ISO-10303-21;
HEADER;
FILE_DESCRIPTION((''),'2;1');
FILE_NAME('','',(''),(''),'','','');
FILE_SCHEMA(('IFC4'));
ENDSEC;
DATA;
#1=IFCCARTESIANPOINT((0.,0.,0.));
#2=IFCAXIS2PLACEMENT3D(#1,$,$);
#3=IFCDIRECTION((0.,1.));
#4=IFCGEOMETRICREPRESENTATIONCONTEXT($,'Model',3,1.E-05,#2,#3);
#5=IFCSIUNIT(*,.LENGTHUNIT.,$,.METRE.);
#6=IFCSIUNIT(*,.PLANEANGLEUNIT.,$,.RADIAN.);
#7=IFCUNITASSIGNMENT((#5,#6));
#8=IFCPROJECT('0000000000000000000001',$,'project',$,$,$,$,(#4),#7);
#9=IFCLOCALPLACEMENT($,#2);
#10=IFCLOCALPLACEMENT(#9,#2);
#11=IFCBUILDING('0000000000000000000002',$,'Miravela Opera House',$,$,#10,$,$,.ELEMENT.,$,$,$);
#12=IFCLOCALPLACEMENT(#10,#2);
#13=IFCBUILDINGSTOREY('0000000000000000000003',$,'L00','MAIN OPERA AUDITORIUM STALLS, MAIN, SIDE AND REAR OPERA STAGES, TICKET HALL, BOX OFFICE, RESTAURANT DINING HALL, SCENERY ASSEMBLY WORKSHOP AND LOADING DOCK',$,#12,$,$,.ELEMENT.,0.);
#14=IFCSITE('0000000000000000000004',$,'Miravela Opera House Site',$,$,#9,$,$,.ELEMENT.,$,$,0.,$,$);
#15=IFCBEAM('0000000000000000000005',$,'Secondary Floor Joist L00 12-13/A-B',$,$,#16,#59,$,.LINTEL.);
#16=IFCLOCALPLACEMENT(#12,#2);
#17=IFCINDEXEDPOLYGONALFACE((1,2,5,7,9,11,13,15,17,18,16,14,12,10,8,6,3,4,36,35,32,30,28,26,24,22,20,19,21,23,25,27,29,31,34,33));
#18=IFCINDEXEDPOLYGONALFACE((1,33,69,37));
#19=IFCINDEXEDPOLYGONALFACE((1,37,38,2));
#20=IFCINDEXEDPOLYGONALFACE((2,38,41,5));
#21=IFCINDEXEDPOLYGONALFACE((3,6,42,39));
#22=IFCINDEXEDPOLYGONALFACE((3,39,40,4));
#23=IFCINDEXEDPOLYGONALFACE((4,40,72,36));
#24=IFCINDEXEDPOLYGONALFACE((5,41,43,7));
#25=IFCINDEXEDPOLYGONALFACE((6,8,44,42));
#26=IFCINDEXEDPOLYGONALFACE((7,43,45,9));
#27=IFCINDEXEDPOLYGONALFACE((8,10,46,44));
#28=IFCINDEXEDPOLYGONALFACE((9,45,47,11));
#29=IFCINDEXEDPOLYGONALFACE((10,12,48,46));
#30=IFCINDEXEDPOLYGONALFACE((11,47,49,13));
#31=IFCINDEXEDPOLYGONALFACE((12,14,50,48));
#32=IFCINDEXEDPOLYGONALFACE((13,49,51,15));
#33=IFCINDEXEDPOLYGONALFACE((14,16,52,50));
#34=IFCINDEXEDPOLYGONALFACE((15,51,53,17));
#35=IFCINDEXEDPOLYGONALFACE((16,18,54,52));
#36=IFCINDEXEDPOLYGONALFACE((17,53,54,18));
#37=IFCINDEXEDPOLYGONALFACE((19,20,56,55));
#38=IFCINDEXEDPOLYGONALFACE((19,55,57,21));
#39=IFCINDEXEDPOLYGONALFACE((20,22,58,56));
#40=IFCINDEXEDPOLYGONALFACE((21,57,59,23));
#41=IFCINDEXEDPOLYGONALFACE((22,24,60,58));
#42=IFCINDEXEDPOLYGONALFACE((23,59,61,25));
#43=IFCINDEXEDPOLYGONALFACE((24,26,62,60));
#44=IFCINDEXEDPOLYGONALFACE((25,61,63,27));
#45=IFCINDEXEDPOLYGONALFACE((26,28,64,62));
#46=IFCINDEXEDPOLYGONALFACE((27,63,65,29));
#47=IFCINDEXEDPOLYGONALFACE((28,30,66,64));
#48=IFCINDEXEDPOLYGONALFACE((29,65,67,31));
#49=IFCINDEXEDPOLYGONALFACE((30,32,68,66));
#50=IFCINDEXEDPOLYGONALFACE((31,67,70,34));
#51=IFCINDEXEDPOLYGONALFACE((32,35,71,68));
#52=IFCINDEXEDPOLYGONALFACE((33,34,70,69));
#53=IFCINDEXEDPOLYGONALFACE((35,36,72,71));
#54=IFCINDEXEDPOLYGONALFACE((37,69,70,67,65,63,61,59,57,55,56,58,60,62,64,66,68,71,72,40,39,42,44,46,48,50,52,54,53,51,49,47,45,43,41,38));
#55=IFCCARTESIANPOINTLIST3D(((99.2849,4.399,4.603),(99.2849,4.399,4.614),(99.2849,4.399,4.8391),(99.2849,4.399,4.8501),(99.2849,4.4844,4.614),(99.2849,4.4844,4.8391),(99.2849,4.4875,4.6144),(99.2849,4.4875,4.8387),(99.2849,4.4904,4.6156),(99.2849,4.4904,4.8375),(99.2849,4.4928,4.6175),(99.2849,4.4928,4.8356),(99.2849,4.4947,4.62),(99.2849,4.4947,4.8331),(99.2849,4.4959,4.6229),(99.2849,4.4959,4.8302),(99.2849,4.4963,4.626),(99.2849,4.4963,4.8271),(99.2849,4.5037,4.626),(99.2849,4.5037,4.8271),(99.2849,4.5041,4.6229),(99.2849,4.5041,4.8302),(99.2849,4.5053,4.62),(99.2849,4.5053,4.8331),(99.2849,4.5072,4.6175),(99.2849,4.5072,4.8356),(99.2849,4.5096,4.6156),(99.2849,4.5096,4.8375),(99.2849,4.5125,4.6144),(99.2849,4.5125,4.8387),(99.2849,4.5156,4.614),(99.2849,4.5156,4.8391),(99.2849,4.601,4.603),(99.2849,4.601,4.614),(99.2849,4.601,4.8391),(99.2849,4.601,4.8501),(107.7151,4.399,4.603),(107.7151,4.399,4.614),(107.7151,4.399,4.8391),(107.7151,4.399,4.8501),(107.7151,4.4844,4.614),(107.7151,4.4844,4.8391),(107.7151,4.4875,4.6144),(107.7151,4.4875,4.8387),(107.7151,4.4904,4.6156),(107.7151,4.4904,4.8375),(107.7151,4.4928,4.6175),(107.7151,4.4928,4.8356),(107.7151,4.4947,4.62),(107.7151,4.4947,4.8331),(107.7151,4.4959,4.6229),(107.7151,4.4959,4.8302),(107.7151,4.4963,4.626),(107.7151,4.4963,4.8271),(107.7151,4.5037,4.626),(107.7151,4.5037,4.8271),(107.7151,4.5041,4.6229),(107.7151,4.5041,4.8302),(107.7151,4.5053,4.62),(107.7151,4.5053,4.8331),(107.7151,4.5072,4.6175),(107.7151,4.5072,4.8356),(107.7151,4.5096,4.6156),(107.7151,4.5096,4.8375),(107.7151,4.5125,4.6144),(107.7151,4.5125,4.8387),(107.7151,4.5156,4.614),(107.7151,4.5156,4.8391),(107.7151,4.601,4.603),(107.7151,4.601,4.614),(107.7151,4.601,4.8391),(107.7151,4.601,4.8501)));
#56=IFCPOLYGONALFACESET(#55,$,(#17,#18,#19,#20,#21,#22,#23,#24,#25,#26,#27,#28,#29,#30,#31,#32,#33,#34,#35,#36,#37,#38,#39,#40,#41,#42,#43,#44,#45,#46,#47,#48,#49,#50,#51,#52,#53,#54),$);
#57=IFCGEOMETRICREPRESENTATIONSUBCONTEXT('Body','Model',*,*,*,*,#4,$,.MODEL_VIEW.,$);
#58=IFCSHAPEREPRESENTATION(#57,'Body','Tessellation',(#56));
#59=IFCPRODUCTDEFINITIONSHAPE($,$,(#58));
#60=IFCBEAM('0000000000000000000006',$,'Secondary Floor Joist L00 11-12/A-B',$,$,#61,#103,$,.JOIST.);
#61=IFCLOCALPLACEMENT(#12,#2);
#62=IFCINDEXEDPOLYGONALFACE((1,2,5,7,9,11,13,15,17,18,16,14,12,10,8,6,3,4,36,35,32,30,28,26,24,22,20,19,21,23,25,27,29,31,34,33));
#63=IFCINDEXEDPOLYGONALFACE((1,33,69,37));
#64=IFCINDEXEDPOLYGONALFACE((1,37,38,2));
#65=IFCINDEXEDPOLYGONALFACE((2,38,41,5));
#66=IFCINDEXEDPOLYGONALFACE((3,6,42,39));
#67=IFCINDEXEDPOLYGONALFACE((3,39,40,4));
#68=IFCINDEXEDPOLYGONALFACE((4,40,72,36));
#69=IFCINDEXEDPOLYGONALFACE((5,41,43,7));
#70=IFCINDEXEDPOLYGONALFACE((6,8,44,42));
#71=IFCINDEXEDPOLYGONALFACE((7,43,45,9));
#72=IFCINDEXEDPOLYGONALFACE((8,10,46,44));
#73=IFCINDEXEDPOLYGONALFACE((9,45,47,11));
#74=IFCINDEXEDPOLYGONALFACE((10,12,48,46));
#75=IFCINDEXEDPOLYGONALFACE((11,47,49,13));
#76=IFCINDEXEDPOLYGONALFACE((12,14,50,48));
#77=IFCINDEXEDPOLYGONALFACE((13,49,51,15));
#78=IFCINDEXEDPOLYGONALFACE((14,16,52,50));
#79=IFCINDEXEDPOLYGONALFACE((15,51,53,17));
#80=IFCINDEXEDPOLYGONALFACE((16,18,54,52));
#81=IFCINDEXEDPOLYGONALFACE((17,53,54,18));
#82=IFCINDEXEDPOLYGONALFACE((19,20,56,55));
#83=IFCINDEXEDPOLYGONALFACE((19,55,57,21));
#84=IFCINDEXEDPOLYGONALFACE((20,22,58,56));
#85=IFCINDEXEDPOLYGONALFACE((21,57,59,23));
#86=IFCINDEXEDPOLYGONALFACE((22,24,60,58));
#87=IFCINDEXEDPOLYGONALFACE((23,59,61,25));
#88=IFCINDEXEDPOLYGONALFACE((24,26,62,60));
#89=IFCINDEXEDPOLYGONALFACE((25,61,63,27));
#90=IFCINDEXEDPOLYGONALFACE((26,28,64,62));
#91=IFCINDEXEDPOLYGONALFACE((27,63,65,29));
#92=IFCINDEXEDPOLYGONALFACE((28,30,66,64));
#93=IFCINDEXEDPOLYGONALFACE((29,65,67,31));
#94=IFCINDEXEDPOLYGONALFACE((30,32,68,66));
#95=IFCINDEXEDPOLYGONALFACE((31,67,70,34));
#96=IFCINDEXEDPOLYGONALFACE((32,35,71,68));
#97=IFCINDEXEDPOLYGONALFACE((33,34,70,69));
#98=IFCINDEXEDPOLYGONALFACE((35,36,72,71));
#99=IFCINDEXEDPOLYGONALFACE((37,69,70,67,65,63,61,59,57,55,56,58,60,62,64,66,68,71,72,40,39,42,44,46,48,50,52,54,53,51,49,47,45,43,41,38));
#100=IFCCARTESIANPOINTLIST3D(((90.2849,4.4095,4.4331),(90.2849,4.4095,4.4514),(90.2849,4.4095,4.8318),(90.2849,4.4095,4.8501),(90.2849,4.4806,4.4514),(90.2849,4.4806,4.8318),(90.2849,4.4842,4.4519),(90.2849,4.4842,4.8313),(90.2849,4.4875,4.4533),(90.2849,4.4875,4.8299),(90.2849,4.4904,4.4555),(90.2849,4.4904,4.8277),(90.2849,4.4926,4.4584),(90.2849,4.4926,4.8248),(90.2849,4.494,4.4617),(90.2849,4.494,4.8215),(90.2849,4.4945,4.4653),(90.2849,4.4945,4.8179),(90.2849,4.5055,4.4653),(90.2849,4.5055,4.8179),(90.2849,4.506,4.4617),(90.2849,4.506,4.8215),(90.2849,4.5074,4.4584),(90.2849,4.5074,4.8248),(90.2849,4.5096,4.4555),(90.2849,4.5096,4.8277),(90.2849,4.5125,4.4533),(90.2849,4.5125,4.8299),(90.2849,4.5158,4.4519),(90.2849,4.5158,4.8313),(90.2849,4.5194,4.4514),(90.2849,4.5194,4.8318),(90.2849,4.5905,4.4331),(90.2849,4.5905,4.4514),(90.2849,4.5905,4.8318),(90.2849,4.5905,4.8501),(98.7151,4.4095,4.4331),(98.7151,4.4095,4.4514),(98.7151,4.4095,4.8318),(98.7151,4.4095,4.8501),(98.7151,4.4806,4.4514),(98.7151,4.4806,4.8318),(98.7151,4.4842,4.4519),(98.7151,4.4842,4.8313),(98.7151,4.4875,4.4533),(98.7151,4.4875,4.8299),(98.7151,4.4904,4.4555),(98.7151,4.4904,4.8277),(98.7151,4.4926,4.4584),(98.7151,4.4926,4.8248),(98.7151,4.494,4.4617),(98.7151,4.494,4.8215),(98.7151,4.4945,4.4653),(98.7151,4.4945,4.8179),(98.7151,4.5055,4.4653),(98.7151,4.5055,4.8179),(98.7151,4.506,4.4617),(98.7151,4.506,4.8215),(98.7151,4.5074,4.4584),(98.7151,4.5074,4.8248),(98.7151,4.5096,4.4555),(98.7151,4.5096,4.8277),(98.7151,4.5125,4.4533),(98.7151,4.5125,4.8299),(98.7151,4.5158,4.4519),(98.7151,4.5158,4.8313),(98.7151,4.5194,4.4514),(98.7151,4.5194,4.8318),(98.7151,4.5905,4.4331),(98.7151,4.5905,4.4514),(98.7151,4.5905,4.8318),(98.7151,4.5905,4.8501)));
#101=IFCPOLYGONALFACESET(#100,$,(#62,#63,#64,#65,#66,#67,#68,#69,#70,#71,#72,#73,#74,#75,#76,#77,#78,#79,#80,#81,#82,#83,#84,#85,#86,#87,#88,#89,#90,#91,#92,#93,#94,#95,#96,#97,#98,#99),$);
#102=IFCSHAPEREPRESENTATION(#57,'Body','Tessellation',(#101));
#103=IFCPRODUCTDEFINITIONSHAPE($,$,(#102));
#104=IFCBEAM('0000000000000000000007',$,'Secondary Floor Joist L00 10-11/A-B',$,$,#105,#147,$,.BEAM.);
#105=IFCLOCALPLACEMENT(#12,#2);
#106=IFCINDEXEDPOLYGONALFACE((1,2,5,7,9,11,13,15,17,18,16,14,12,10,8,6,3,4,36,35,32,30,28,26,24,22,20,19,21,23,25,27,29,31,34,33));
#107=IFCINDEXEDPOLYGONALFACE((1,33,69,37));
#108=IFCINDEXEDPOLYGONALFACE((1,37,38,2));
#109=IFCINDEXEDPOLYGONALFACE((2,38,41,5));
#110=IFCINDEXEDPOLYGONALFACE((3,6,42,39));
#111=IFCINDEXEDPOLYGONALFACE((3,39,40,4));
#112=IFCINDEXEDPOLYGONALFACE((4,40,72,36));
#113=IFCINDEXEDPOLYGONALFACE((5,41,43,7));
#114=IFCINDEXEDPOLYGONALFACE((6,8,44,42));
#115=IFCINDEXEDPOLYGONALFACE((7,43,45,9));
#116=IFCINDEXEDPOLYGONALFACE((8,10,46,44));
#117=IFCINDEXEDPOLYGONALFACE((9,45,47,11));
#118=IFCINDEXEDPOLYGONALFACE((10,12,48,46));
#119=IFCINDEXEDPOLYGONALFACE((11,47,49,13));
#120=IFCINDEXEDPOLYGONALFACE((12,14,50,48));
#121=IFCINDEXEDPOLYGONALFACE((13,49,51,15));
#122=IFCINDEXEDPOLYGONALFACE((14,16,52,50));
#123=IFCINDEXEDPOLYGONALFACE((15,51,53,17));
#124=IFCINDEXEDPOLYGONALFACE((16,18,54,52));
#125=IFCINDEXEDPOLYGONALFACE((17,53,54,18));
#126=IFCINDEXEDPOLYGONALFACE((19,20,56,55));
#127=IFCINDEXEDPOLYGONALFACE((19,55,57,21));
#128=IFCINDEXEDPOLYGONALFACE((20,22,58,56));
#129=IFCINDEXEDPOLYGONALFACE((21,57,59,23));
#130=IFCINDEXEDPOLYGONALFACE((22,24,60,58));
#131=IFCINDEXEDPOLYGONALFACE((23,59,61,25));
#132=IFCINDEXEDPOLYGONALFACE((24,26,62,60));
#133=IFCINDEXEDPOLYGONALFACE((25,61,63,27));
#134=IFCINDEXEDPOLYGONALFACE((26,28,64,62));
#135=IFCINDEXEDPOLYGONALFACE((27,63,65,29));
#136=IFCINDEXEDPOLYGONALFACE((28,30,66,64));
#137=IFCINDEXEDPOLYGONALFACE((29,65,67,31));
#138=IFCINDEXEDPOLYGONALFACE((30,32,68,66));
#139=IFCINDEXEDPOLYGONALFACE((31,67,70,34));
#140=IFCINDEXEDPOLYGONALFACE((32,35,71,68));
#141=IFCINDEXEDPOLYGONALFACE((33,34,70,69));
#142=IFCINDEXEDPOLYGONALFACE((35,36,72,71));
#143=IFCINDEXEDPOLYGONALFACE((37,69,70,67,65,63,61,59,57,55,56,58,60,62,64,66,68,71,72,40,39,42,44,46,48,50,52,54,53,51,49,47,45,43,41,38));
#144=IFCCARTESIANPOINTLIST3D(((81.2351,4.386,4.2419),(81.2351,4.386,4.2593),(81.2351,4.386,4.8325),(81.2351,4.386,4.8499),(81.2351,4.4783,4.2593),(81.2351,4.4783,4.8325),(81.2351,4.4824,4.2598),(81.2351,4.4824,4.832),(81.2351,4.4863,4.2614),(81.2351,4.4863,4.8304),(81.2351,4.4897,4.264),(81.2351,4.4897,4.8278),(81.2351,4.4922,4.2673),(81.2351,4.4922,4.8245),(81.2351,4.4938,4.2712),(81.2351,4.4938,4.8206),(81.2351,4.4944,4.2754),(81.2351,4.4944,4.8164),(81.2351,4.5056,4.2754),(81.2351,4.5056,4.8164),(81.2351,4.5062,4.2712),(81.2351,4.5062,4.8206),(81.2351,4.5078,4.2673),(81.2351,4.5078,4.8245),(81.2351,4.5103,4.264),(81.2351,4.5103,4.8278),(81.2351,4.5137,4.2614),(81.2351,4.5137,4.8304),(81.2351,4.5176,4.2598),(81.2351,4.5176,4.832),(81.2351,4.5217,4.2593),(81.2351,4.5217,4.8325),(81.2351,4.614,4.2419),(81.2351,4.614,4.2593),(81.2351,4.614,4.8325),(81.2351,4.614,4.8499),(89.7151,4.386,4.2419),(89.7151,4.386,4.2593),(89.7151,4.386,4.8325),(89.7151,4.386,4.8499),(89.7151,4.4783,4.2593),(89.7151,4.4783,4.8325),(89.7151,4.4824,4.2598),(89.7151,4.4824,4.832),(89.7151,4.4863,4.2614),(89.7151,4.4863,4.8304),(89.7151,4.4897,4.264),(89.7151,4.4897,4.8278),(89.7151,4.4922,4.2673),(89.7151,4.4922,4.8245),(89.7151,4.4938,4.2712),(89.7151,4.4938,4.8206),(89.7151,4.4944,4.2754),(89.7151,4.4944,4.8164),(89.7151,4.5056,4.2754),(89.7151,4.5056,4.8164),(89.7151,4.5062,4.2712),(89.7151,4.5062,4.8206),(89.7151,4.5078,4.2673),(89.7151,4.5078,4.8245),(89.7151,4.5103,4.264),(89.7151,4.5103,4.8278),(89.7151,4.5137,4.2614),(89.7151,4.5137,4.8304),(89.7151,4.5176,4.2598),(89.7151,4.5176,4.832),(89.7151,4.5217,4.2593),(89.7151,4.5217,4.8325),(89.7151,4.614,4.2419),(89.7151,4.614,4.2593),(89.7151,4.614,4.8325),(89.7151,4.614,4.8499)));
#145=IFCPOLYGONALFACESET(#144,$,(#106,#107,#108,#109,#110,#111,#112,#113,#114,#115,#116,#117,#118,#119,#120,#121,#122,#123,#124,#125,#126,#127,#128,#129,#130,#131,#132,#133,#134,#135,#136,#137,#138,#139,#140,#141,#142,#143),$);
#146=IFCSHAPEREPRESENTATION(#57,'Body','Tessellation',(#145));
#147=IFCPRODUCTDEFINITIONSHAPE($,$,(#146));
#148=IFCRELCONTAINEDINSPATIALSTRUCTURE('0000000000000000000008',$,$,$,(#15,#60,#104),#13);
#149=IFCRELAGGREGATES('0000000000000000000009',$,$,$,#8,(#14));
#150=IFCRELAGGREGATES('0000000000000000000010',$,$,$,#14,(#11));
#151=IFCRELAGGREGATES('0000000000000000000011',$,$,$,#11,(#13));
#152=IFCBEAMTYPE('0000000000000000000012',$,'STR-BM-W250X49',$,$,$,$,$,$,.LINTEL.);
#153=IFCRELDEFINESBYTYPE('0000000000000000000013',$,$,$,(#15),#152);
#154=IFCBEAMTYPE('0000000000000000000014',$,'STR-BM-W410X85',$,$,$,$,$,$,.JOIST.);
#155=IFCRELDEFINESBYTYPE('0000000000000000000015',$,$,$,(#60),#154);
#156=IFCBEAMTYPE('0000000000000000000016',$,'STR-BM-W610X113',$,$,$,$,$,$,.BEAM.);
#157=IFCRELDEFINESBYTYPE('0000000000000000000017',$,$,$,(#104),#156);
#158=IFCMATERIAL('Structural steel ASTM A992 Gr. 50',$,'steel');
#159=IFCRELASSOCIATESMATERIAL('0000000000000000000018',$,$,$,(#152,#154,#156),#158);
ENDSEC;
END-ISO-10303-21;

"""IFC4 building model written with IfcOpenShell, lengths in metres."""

from ifc_helpers import new_model, si_unit, direction, frame, origin, origin_2d, place, context, subcontext, project, spatial, i_section, extrude, material, material_profile, profile_set, type_object, element, save


model = new_model("IFC4")

# Units and contexts
model_context = context("Model", 3, precision=1e-05, world=origin(), true_north=direction((0.0, 1.0)))
body_context = subcontext(model_context, "Body", "Model", "MODEL_VIEW")
ifc_project = project(units=[si_unit("LENGTHUNIT", "METRE"), si_unit("PLANEANGLEUNIT", "RADIAN")], contexts=[model_context])

# Site, building, storey
site_placement = place(None, origin())
site = spatial("IfcSite", under=ifc_project, at=site_placement, Name="Miravela Opera House Site", CompositionType="ELEMENT", RefElevation=0.0)
building_placement = place(site_placement, origin())
building = spatial("IfcBuilding", under=site, at=building_placement, Name="Miravela Opera House", CompositionType="ELEMENT")
storey_placement = place(building_placement, origin())
storey = spatial("IfcBuildingStorey", under=building, at=storey_placement, Name="L00", Description="MAIN OPERA AUDITORIUM STALLS, MAIN, SIDE AND REAR OPERA STAGES, TICKET HALL, BOX OFFICE, RESTAURANT DINING HALL, SCENERY ASSEMBLY WORKSHOP AND LOADING DOCK", CompositionType="ELEMENT", Elevation=0.0)

# Beams
ifc_material_1 = material(Name="Structural steel ASTM A992 Gr. 50", Category="steel")
ifc_material_profile_1 = material_profile(ifc_material_1, i_section(OverallWidth=0.2019, OverallDepth=0.2471, WebThickness=0.0073, FlangeThickness=0.011, FilletRadius=0.012, at=origin_2d()), Name="W250X49")
ifc_profile_set_1 = profile_set([ifc_material_profile_1])
beam_type_1 = type_object("IfcBeamType", Name="STR-BM-W250X49", PredefinedType="LINTEL", material=ifc_profile_set_1)
beam_1_placement = place(storey_placement, frame((99.2849, 4.5, 4.7266), z_axis=(1.0, 0.0, 0.0), x_axis=(0.0, 1.0, 0.0)))
element("IfcBeam", 1, at=beam_1_placement, inside=storey, type_object=beam_type_1, Name="Secondary Floor Joist L00 12-13/A-B", PredefinedType="LINTEL", context=body_context, shape_type="SweptSolid", body=[
    extrude(i_section(OverallWidth=0.2019, OverallDepth=0.2471, WebThickness=0.0073, FlangeThickness=0.011, FilletRadius=0.012, at=origin_2d()), origin(), (0.0, 0.0, 1.0), 8.4302),
])
ifc_material_profile_2 = material_profile(ifc_material_1, i_section(OverallWidth=0.1809, OverallDepth=0.417, WebThickness=0.011, FlangeThickness=0.0183, FilletRadius=0.0139, at=origin_2d()), Name="W410X85")
ifc_profile_set_2 = profile_set([ifc_material_profile_2])
beam_type_2 = type_object("IfcBeamType", Name="STR-BM-W410X85", PredefinedType="JOIST", material=ifc_profile_set_2)
beam_2_placement = place(storey_placement, frame((90.2849, 4.5, 4.6416), z_axis=(1.0, 0.0, 0.0), x_axis=(0.0, 1.0, 0.0)))
element("IfcBeam", 2, at=beam_2_placement, inside=storey, type_object=beam_type_2, Name="Secondary Floor Joist L00 11-12/A-B", PredefinedType="JOIST", context=body_context, shape_type="SweptSolid", body=[
    extrude(i_section(OverallWidth=0.1809, OverallDepth=0.417, WebThickness=0.011, FlangeThickness=0.0183, FilletRadius=0.0139, at=origin_2d()), origin(), (0.0, 0.0, 1.0), 8.4302),
])
ifc_material_profile_3 = material_profile(ifc_material_1, i_section(OverallWidth=0.228, OverallDepth=0.6079, WebThickness=0.0112, FlangeThickness=0.0173, FilletRadius=0.0161, at=origin_2d()), Name="W610X113")
ifc_profile_set_3 = profile_set([ifc_material_profile_3])
beam_type_3 = type_object("IfcBeamType", Name="STR-BM-W610X113", PredefinedType="BEAM", material=ifc_profile_set_3)
beam_3_placement = place(storey_placement, frame((81.2351, 4.5, 4.5459), z_axis=(1.0, 0.0, 0.0), x_axis=(0.0, 1.0, 0.0)))
element("IfcBeam", 3, at=beam_3_placement, inside=storey, type_object=beam_type_3, Name="Secondary Floor Joist L00 10-11/A-B", PredefinedType="BEAM", context=body_context, shape_type="SweptSolid", body=[
    extrude(i_section(OverallWidth=0.228, OverallDepth=0.6079, WebThickness=0.0112, FlangeThickness=0.0173, FilletRadius=0.0161, at=origin_2d()), origin(), (0.0, 0.0, 1.0), 8.48),
])

save(model, "model.ifc")
